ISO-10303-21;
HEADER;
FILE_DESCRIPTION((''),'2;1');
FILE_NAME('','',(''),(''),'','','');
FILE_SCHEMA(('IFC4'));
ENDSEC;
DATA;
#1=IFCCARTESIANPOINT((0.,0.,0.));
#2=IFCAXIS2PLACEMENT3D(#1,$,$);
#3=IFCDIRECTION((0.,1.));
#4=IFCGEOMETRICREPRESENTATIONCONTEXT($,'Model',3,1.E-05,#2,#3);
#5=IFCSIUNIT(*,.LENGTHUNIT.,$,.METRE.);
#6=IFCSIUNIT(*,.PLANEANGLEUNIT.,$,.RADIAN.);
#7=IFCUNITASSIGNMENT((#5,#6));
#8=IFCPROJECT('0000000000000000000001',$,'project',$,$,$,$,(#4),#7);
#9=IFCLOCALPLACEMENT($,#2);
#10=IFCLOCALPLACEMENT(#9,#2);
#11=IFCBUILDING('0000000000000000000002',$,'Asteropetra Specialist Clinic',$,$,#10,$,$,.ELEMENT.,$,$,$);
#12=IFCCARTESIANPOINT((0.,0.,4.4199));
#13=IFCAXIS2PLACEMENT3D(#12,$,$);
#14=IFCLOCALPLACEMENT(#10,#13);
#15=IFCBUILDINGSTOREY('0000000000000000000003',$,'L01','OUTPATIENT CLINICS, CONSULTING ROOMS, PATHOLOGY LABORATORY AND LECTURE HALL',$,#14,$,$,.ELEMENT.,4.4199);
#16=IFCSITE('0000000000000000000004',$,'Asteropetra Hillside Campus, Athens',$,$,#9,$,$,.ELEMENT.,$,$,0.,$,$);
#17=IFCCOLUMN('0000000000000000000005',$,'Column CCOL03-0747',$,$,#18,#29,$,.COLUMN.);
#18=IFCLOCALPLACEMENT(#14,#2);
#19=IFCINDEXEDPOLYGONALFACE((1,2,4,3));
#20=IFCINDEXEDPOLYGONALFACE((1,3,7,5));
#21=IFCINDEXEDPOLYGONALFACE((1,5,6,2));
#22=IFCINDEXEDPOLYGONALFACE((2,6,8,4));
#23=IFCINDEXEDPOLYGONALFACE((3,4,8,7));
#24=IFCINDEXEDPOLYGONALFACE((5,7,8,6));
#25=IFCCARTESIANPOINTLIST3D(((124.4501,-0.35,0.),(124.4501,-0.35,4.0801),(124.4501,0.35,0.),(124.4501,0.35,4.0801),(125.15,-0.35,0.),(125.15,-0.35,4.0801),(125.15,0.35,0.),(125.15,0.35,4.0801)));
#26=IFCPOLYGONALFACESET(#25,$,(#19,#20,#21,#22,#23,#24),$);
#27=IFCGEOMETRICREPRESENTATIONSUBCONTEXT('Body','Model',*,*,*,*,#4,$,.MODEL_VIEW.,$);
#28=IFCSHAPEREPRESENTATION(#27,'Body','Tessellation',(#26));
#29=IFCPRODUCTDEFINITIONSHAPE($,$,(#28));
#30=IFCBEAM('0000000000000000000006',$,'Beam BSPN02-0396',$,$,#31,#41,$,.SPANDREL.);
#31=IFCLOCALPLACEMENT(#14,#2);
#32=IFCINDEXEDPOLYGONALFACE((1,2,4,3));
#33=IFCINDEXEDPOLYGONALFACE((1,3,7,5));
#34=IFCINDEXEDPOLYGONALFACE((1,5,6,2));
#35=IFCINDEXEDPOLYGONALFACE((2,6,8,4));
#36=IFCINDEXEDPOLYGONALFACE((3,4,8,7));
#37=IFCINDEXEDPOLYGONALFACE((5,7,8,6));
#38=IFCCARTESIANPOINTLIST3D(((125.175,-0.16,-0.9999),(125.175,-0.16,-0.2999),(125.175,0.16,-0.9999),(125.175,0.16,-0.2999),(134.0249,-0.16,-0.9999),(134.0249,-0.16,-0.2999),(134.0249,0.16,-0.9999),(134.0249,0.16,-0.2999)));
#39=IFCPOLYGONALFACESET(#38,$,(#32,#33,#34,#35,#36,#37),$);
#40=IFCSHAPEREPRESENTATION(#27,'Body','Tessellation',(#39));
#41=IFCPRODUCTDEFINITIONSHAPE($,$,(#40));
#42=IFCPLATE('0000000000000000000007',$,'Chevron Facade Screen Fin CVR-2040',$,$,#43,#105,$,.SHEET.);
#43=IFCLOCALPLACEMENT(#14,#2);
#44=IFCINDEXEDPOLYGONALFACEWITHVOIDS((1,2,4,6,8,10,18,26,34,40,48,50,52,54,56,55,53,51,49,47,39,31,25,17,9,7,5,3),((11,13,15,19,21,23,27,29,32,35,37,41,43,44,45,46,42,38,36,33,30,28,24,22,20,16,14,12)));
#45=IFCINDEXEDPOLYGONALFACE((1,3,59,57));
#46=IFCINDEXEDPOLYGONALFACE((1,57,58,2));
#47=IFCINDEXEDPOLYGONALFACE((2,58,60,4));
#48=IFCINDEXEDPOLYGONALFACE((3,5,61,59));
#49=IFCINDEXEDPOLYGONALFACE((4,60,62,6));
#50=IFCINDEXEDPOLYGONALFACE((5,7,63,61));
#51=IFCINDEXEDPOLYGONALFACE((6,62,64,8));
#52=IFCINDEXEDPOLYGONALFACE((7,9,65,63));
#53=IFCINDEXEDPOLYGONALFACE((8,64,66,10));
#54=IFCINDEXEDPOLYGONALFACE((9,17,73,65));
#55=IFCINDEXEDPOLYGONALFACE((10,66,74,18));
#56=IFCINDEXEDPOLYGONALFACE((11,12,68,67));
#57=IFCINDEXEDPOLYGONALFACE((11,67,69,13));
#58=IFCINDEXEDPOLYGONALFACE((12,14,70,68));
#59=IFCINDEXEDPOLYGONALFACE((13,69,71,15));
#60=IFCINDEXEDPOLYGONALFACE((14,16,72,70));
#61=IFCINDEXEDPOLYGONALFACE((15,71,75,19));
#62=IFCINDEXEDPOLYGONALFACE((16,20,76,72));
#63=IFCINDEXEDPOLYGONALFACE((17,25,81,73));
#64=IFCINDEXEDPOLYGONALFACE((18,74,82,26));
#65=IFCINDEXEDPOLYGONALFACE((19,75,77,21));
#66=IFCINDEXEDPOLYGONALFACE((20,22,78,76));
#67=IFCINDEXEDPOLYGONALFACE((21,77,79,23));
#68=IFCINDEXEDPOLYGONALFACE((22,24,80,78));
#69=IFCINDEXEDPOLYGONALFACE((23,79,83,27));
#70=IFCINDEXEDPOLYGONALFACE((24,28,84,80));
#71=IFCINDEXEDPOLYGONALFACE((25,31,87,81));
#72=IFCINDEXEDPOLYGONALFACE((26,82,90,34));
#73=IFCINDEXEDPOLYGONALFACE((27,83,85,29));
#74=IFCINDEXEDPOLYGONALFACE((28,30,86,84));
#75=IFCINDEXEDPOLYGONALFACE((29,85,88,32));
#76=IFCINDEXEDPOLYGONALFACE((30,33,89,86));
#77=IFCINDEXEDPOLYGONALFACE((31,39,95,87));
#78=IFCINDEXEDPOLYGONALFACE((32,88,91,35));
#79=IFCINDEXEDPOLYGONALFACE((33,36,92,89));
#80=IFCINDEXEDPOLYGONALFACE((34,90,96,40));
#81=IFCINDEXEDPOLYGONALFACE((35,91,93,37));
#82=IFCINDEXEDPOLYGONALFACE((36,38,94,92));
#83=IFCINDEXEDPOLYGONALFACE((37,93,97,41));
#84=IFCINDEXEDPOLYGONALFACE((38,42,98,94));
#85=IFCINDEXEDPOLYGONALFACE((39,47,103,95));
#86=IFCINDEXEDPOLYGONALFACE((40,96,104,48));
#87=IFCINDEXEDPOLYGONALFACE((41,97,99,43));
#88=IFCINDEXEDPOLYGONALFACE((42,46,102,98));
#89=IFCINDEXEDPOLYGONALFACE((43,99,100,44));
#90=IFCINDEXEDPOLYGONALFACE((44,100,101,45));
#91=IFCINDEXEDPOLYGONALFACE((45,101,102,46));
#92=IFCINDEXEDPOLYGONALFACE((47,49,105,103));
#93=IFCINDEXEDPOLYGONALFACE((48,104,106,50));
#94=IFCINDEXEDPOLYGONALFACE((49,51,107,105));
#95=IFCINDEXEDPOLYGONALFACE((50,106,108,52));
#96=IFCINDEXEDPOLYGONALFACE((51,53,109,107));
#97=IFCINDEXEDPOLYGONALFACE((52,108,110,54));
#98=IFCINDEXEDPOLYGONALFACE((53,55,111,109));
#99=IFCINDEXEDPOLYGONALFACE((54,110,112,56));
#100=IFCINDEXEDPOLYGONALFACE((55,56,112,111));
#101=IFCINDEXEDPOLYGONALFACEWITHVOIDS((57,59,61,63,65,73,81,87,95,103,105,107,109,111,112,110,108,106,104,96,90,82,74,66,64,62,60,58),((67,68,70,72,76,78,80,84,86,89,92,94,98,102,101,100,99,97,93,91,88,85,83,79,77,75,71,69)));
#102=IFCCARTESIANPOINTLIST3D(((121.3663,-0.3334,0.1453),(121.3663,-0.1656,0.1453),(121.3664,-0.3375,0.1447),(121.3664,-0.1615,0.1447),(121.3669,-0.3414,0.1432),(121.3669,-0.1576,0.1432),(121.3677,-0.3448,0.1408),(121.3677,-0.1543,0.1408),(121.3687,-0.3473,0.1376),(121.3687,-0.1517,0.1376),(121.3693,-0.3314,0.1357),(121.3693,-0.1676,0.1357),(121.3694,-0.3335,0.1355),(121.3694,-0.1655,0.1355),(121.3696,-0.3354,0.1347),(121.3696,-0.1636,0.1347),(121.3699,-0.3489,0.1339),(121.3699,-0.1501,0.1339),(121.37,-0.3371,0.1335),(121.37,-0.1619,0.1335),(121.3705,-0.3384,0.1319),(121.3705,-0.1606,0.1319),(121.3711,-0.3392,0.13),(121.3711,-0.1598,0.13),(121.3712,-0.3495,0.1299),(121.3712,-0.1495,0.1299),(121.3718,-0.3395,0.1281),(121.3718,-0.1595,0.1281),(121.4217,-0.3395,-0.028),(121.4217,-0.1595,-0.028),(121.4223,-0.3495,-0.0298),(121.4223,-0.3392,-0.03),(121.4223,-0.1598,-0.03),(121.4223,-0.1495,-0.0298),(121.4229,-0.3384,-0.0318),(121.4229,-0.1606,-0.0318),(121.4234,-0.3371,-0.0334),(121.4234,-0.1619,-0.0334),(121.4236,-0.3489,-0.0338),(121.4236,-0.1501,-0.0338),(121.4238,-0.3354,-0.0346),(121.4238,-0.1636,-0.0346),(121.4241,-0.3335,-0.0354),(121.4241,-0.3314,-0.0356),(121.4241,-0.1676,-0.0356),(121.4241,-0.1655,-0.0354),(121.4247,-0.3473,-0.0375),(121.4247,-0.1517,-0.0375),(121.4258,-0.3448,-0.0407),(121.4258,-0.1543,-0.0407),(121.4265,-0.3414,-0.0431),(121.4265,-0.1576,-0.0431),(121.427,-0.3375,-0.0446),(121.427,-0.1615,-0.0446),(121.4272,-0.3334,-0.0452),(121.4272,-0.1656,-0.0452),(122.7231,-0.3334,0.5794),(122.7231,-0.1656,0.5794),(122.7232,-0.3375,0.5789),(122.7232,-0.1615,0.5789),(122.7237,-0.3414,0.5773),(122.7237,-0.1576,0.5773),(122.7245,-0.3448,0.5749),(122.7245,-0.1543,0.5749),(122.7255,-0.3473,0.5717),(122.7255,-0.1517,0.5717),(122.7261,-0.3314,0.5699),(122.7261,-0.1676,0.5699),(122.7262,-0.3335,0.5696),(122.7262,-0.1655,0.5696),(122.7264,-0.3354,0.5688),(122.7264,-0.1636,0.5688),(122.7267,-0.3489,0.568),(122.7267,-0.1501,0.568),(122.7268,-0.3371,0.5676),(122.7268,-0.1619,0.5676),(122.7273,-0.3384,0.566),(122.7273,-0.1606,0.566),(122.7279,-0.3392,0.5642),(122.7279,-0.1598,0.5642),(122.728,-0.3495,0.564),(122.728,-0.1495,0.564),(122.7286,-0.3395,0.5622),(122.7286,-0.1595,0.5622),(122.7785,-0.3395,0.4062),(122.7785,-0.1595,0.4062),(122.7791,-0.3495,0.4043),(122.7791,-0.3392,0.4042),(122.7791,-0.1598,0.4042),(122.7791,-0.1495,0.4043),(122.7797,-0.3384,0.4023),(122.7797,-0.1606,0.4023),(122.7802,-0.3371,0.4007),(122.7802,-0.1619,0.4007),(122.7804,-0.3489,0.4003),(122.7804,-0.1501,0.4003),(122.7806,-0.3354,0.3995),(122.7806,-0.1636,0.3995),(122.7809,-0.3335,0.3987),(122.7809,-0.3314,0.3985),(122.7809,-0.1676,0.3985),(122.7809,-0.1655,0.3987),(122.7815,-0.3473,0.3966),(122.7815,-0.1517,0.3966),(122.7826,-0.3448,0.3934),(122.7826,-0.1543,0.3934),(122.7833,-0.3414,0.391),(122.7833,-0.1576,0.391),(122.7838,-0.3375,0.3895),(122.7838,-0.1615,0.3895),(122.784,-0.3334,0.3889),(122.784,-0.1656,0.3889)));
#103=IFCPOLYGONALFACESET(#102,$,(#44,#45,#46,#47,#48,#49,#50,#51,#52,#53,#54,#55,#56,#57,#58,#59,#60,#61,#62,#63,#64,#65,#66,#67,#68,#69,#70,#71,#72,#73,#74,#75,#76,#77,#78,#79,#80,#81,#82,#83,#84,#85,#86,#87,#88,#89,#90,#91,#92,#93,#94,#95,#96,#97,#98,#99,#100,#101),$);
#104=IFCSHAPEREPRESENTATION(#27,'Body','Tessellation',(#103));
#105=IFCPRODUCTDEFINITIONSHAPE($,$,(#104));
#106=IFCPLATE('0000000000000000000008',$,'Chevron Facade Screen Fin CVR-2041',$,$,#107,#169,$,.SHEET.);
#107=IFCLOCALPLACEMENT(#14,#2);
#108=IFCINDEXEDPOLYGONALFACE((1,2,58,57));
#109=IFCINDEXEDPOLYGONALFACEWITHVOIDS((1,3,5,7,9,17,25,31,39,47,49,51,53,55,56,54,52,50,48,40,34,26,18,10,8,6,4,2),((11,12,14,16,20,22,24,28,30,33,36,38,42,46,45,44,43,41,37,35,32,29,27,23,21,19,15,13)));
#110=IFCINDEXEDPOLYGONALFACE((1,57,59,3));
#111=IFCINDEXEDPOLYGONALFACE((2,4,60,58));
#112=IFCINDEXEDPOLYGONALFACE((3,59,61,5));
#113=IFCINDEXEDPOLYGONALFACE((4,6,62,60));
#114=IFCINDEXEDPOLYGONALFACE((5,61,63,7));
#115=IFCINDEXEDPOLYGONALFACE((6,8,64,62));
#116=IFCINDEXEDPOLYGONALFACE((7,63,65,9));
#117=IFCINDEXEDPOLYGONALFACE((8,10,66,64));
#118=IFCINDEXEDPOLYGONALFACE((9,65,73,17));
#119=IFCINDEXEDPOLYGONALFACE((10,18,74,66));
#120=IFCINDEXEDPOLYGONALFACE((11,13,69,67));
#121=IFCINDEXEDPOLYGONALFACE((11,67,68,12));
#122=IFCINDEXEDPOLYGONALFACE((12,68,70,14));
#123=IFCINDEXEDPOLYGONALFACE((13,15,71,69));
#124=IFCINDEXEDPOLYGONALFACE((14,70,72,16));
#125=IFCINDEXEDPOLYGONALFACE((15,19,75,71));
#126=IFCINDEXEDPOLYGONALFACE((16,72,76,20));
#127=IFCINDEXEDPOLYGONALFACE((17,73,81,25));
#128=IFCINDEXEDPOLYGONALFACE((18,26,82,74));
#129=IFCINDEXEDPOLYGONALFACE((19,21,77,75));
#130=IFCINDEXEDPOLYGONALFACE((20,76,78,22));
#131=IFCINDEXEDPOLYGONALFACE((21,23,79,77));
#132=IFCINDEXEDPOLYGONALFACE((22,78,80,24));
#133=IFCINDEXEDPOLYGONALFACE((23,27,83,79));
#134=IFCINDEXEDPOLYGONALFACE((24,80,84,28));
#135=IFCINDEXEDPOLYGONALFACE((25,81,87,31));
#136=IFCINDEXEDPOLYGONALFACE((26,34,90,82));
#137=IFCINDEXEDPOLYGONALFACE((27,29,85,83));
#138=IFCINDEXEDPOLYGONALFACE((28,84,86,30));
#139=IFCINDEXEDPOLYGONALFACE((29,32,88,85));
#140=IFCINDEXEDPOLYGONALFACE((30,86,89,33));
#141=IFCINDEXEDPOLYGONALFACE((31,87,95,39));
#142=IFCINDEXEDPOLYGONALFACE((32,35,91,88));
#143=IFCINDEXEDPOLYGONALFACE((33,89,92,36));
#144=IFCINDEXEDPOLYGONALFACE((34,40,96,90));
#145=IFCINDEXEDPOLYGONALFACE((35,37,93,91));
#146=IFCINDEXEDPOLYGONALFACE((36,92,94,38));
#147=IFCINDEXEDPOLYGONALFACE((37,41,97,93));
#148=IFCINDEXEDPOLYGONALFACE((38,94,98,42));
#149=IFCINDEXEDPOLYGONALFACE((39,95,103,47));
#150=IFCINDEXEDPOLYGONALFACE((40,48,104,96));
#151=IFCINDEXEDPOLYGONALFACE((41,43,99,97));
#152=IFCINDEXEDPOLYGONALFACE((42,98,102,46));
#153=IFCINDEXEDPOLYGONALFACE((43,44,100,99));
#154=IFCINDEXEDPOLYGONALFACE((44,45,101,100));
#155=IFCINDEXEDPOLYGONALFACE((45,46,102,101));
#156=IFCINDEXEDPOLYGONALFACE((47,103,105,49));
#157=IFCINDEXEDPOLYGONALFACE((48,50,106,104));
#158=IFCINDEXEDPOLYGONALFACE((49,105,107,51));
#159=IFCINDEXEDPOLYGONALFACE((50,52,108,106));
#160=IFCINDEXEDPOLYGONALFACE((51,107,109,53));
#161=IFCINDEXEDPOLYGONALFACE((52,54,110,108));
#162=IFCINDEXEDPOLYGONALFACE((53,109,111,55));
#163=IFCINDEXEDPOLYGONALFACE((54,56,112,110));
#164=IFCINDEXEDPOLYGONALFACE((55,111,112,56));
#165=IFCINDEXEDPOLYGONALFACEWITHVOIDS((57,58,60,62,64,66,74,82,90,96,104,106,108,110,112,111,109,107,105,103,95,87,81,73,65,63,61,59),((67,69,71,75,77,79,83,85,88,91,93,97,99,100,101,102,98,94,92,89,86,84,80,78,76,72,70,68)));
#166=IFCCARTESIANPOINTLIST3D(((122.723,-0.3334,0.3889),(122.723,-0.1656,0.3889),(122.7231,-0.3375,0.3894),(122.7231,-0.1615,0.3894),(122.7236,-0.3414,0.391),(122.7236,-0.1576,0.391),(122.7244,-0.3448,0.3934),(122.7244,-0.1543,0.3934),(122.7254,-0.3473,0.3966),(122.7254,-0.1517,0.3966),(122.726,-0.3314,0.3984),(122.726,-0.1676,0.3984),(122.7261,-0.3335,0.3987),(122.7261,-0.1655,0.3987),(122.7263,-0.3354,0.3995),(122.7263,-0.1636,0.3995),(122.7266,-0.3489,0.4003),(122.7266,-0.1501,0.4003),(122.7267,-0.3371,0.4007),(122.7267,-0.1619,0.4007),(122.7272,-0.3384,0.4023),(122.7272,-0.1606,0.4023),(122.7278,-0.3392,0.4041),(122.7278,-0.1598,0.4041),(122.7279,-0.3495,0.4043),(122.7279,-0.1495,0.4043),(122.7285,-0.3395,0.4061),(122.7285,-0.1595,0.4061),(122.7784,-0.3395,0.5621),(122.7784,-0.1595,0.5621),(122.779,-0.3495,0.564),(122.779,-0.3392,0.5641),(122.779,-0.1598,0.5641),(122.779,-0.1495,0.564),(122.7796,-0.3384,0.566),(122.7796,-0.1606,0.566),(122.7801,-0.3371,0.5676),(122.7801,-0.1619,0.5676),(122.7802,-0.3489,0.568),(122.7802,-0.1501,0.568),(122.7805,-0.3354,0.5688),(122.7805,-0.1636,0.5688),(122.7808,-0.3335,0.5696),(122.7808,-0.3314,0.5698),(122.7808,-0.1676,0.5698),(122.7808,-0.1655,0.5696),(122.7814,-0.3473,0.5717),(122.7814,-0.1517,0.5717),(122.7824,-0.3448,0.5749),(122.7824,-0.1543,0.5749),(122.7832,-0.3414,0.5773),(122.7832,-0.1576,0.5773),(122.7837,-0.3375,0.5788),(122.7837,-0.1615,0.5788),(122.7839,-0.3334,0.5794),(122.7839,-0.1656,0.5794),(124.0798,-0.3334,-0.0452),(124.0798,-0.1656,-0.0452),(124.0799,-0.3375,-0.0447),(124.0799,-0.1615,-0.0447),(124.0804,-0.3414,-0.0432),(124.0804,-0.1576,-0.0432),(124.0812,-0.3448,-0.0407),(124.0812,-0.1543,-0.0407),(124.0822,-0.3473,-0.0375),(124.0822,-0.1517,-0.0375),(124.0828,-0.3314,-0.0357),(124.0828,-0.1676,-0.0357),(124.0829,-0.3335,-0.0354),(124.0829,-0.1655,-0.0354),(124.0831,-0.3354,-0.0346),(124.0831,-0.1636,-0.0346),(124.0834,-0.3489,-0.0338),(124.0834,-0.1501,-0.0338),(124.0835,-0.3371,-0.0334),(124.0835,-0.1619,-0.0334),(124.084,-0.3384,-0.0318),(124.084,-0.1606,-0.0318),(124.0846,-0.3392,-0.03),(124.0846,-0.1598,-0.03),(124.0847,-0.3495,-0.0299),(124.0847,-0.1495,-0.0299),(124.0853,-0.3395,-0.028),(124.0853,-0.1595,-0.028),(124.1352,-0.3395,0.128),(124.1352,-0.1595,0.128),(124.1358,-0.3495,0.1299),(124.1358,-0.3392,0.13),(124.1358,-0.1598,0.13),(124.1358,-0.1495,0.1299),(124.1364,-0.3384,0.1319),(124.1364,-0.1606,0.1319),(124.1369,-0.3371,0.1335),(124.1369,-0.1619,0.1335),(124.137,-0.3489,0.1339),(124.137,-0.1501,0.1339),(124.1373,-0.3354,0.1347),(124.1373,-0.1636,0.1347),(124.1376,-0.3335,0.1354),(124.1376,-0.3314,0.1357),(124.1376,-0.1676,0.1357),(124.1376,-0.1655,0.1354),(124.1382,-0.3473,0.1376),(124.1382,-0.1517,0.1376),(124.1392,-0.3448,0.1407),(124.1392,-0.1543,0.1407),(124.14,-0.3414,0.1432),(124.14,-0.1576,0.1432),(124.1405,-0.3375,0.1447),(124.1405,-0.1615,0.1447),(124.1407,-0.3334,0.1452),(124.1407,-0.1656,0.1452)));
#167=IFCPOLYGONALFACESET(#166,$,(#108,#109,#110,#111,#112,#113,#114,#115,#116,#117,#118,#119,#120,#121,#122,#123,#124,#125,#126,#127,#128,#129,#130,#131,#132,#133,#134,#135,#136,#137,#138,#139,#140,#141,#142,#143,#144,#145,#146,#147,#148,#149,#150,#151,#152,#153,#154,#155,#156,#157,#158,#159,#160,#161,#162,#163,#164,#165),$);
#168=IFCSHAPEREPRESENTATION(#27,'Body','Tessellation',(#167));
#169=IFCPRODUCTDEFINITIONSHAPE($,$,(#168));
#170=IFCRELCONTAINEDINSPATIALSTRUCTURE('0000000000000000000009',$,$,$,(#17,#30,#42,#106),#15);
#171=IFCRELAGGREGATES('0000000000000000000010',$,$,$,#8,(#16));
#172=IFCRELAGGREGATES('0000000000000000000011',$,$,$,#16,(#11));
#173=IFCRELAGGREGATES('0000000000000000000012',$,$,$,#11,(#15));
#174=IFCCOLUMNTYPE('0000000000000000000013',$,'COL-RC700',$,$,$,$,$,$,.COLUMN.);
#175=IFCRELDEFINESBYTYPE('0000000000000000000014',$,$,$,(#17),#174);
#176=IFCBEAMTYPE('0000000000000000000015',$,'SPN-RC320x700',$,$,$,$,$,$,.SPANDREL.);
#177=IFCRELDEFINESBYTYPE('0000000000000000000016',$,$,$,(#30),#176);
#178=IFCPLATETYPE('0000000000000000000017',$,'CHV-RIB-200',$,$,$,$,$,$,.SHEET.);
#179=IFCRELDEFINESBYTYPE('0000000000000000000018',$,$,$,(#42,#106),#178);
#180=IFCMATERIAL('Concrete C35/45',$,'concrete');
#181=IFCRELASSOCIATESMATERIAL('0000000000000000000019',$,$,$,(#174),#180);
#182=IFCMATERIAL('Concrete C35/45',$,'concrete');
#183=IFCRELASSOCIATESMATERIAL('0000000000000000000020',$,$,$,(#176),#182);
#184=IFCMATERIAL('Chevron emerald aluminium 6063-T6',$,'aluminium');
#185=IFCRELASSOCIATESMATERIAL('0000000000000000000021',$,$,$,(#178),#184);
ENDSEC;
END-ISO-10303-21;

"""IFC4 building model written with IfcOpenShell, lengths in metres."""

from ifc_helpers import new_model, si_unit, direction, frame, origin, origin_2d, place, context, subcontext, project, spatial, rectangle, hollow_rectangle, extrude, material, material_profile, profile_set, type_object, element, save


model = new_model("IFC4")

# Units and contexts
model_context = context("Model", 3, precision=1e-05, world=origin(), true_north=direction((0.0, 1.0)))
body_context = subcontext(model_context, "Body", "Model", "MODEL_VIEW")
ifc_project = project(units=[si_unit("LENGTHUNIT", "METRE"), si_unit("PLANEANGLEUNIT", "RADIAN")], contexts=[model_context])

# Site, building, storey
site_placement = place(None, origin())
site = spatial("IfcSite", under=ifc_project, at=site_placement, Name="Asteropetra Hillside Campus, Athens", CompositionType="ELEMENT", RefElevation=0.0)
building_placement = place(site_placement, origin())
building = spatial("IfcBuilding", under=site, at=building_placement, Name="Asteropetra Specialist Clinic", CompositionType="ELEMENT")
storey_placement = place(building_placement, frame((0.0, 0.0, 4.4199)))
storey = spatial("IfcBuildingStorey", under=building, at=storey_placement, Name="L01", Description="OUTPATIENT CLINICS, CONSULTING ROOMS, PATHOLOGY LABORATORY AND LECTURE HALL", CompositionType="ELEMENT", Elevation=4.4199)

# Column
ifc_material_1 = material(Name="Concrete C35/45", Category="concrete")
ifc_material_profile_1 = material_profile(ifc_material_1, rectangle(XDim=0.7, YDim=0.7, at=origin_2d()), Name="RC 700x700")
ifc_profile_set_1 = profile_set([ifc_material_profile_1], Name="Concrete C35/45")
column_type = type_object("IfcColumnType", Name="COL-RC700", PredefinedType="COLUMN", material=ifc_profile_set_1)
column_placement = place(storey_placement, frame((124.8, 0.0, 0.0), z_axis=(0.0, 0.0, 1.0), x_axis=(1.0, 0.0, 0.0)))
element("IfcColumn", 1, at=column_placement, inside=storey, type_object=column_type, Name="Column CCOL03-0747", PredefinedType="COLUMN", context=body_context, shape_type="SweptSolid", body=[
    extrude(rectangle(XDim=0.7, YDim=0.7, at=origin_2d()), origin(), (0.0, 0.0, 1.0), 4.0801),
])

# Beam
ifc_material_2 = material(Name="Concrete C35/45", Category="concrete")
ifc_material_profile_2 = material_profile(ifc_material_2, rectangle(XDim=0.3201, YDim=0.7, at=origin_2d()), Name="RCS 320x700")
ifc_profile_set_2 = profile_set([ifc_material_profile_2], Name="Concrete C35/45")
beam_type = type_object("IfcBeamType", Name="SPN-RC320x700", PredefinedType="SPANDREL", material=ifc_profile_set_2)
beam_placement = place(storey_placement, frame((125.175, 0.0, -0.6499), z_axis=(1.0, 0.0, 0.0), x_axis=(0.0, 1.0, 0.0)))
element("IfcBeam", 2, at=beam_placement, inside=storey, type_object=beam_type, Name="Beam BSPN02-0396", PredefinedType="SPANDREL", context=body_context, shape_type="SweptSolid", body=[
    extrude(rectangle(XDim=0.3201, YDim=0.7, at=origin_2d()), origin(), (0.0, 0.0, 1.0), 8.8499),
])

# Plates
ifc_material_3 = material(Name="Chevron emerald aluminium 6063-T6", Category="aluminium")
ifc_material_profile_3 = material_profile(ifc_material_3, hollow_rectangle(XDim=0.2, YDim=0.2, WallThickness=0.01, InnerFilletRadius=0.0081, OuterFilletRadius=0.0161, at=origin_2d()), Name="SHS 200x200x10.0")
ifc_profile_set_3 = profile_set([ifc_material_profile_3], Name="Chevron emerald aluminium 6063-T6")
plate_type = type_object("IfcPlateType", Name="CHV-RIB-200", PredefinedType="SHEET", material=ifc_profile_set_3)
for number, where, z_axis, x_axis, name in (
    (3, (121.3967, -0.2495, 0.05), (0.952436, 0.0, 0.304738), (0.0, 1.0, 0.0), "Chevron Facade Screen Fin CVR-2040"),
    (4, (122.7534, -0.2495, 0.4841), (0.952436, 0.0, -0.304738), (0.0, 1.0, 0.0), "Chevron Facade Screen Fin CVR-2041"),
):
    element("IfcPlate", number, at=place(storey_placement, frame(where, z_axis=z_axis, x_axis=x_axis)), inside=storey, type_object=plate_type, Name=name, PredefinedType="SHEET", context=body_context, shape_type="SweptSolid", body=[
        extrude(hollow_rectangle(XDim=0.2, YDim=0.2, WallThickness=0.01, InnerFilletRadius=0.0081, OuterFilletRadius=0.0161, at=origin_2d()), origin(), (0.0, 0.0, 1.0), 1.4246),
    ])

save(model, "model.ifc")
